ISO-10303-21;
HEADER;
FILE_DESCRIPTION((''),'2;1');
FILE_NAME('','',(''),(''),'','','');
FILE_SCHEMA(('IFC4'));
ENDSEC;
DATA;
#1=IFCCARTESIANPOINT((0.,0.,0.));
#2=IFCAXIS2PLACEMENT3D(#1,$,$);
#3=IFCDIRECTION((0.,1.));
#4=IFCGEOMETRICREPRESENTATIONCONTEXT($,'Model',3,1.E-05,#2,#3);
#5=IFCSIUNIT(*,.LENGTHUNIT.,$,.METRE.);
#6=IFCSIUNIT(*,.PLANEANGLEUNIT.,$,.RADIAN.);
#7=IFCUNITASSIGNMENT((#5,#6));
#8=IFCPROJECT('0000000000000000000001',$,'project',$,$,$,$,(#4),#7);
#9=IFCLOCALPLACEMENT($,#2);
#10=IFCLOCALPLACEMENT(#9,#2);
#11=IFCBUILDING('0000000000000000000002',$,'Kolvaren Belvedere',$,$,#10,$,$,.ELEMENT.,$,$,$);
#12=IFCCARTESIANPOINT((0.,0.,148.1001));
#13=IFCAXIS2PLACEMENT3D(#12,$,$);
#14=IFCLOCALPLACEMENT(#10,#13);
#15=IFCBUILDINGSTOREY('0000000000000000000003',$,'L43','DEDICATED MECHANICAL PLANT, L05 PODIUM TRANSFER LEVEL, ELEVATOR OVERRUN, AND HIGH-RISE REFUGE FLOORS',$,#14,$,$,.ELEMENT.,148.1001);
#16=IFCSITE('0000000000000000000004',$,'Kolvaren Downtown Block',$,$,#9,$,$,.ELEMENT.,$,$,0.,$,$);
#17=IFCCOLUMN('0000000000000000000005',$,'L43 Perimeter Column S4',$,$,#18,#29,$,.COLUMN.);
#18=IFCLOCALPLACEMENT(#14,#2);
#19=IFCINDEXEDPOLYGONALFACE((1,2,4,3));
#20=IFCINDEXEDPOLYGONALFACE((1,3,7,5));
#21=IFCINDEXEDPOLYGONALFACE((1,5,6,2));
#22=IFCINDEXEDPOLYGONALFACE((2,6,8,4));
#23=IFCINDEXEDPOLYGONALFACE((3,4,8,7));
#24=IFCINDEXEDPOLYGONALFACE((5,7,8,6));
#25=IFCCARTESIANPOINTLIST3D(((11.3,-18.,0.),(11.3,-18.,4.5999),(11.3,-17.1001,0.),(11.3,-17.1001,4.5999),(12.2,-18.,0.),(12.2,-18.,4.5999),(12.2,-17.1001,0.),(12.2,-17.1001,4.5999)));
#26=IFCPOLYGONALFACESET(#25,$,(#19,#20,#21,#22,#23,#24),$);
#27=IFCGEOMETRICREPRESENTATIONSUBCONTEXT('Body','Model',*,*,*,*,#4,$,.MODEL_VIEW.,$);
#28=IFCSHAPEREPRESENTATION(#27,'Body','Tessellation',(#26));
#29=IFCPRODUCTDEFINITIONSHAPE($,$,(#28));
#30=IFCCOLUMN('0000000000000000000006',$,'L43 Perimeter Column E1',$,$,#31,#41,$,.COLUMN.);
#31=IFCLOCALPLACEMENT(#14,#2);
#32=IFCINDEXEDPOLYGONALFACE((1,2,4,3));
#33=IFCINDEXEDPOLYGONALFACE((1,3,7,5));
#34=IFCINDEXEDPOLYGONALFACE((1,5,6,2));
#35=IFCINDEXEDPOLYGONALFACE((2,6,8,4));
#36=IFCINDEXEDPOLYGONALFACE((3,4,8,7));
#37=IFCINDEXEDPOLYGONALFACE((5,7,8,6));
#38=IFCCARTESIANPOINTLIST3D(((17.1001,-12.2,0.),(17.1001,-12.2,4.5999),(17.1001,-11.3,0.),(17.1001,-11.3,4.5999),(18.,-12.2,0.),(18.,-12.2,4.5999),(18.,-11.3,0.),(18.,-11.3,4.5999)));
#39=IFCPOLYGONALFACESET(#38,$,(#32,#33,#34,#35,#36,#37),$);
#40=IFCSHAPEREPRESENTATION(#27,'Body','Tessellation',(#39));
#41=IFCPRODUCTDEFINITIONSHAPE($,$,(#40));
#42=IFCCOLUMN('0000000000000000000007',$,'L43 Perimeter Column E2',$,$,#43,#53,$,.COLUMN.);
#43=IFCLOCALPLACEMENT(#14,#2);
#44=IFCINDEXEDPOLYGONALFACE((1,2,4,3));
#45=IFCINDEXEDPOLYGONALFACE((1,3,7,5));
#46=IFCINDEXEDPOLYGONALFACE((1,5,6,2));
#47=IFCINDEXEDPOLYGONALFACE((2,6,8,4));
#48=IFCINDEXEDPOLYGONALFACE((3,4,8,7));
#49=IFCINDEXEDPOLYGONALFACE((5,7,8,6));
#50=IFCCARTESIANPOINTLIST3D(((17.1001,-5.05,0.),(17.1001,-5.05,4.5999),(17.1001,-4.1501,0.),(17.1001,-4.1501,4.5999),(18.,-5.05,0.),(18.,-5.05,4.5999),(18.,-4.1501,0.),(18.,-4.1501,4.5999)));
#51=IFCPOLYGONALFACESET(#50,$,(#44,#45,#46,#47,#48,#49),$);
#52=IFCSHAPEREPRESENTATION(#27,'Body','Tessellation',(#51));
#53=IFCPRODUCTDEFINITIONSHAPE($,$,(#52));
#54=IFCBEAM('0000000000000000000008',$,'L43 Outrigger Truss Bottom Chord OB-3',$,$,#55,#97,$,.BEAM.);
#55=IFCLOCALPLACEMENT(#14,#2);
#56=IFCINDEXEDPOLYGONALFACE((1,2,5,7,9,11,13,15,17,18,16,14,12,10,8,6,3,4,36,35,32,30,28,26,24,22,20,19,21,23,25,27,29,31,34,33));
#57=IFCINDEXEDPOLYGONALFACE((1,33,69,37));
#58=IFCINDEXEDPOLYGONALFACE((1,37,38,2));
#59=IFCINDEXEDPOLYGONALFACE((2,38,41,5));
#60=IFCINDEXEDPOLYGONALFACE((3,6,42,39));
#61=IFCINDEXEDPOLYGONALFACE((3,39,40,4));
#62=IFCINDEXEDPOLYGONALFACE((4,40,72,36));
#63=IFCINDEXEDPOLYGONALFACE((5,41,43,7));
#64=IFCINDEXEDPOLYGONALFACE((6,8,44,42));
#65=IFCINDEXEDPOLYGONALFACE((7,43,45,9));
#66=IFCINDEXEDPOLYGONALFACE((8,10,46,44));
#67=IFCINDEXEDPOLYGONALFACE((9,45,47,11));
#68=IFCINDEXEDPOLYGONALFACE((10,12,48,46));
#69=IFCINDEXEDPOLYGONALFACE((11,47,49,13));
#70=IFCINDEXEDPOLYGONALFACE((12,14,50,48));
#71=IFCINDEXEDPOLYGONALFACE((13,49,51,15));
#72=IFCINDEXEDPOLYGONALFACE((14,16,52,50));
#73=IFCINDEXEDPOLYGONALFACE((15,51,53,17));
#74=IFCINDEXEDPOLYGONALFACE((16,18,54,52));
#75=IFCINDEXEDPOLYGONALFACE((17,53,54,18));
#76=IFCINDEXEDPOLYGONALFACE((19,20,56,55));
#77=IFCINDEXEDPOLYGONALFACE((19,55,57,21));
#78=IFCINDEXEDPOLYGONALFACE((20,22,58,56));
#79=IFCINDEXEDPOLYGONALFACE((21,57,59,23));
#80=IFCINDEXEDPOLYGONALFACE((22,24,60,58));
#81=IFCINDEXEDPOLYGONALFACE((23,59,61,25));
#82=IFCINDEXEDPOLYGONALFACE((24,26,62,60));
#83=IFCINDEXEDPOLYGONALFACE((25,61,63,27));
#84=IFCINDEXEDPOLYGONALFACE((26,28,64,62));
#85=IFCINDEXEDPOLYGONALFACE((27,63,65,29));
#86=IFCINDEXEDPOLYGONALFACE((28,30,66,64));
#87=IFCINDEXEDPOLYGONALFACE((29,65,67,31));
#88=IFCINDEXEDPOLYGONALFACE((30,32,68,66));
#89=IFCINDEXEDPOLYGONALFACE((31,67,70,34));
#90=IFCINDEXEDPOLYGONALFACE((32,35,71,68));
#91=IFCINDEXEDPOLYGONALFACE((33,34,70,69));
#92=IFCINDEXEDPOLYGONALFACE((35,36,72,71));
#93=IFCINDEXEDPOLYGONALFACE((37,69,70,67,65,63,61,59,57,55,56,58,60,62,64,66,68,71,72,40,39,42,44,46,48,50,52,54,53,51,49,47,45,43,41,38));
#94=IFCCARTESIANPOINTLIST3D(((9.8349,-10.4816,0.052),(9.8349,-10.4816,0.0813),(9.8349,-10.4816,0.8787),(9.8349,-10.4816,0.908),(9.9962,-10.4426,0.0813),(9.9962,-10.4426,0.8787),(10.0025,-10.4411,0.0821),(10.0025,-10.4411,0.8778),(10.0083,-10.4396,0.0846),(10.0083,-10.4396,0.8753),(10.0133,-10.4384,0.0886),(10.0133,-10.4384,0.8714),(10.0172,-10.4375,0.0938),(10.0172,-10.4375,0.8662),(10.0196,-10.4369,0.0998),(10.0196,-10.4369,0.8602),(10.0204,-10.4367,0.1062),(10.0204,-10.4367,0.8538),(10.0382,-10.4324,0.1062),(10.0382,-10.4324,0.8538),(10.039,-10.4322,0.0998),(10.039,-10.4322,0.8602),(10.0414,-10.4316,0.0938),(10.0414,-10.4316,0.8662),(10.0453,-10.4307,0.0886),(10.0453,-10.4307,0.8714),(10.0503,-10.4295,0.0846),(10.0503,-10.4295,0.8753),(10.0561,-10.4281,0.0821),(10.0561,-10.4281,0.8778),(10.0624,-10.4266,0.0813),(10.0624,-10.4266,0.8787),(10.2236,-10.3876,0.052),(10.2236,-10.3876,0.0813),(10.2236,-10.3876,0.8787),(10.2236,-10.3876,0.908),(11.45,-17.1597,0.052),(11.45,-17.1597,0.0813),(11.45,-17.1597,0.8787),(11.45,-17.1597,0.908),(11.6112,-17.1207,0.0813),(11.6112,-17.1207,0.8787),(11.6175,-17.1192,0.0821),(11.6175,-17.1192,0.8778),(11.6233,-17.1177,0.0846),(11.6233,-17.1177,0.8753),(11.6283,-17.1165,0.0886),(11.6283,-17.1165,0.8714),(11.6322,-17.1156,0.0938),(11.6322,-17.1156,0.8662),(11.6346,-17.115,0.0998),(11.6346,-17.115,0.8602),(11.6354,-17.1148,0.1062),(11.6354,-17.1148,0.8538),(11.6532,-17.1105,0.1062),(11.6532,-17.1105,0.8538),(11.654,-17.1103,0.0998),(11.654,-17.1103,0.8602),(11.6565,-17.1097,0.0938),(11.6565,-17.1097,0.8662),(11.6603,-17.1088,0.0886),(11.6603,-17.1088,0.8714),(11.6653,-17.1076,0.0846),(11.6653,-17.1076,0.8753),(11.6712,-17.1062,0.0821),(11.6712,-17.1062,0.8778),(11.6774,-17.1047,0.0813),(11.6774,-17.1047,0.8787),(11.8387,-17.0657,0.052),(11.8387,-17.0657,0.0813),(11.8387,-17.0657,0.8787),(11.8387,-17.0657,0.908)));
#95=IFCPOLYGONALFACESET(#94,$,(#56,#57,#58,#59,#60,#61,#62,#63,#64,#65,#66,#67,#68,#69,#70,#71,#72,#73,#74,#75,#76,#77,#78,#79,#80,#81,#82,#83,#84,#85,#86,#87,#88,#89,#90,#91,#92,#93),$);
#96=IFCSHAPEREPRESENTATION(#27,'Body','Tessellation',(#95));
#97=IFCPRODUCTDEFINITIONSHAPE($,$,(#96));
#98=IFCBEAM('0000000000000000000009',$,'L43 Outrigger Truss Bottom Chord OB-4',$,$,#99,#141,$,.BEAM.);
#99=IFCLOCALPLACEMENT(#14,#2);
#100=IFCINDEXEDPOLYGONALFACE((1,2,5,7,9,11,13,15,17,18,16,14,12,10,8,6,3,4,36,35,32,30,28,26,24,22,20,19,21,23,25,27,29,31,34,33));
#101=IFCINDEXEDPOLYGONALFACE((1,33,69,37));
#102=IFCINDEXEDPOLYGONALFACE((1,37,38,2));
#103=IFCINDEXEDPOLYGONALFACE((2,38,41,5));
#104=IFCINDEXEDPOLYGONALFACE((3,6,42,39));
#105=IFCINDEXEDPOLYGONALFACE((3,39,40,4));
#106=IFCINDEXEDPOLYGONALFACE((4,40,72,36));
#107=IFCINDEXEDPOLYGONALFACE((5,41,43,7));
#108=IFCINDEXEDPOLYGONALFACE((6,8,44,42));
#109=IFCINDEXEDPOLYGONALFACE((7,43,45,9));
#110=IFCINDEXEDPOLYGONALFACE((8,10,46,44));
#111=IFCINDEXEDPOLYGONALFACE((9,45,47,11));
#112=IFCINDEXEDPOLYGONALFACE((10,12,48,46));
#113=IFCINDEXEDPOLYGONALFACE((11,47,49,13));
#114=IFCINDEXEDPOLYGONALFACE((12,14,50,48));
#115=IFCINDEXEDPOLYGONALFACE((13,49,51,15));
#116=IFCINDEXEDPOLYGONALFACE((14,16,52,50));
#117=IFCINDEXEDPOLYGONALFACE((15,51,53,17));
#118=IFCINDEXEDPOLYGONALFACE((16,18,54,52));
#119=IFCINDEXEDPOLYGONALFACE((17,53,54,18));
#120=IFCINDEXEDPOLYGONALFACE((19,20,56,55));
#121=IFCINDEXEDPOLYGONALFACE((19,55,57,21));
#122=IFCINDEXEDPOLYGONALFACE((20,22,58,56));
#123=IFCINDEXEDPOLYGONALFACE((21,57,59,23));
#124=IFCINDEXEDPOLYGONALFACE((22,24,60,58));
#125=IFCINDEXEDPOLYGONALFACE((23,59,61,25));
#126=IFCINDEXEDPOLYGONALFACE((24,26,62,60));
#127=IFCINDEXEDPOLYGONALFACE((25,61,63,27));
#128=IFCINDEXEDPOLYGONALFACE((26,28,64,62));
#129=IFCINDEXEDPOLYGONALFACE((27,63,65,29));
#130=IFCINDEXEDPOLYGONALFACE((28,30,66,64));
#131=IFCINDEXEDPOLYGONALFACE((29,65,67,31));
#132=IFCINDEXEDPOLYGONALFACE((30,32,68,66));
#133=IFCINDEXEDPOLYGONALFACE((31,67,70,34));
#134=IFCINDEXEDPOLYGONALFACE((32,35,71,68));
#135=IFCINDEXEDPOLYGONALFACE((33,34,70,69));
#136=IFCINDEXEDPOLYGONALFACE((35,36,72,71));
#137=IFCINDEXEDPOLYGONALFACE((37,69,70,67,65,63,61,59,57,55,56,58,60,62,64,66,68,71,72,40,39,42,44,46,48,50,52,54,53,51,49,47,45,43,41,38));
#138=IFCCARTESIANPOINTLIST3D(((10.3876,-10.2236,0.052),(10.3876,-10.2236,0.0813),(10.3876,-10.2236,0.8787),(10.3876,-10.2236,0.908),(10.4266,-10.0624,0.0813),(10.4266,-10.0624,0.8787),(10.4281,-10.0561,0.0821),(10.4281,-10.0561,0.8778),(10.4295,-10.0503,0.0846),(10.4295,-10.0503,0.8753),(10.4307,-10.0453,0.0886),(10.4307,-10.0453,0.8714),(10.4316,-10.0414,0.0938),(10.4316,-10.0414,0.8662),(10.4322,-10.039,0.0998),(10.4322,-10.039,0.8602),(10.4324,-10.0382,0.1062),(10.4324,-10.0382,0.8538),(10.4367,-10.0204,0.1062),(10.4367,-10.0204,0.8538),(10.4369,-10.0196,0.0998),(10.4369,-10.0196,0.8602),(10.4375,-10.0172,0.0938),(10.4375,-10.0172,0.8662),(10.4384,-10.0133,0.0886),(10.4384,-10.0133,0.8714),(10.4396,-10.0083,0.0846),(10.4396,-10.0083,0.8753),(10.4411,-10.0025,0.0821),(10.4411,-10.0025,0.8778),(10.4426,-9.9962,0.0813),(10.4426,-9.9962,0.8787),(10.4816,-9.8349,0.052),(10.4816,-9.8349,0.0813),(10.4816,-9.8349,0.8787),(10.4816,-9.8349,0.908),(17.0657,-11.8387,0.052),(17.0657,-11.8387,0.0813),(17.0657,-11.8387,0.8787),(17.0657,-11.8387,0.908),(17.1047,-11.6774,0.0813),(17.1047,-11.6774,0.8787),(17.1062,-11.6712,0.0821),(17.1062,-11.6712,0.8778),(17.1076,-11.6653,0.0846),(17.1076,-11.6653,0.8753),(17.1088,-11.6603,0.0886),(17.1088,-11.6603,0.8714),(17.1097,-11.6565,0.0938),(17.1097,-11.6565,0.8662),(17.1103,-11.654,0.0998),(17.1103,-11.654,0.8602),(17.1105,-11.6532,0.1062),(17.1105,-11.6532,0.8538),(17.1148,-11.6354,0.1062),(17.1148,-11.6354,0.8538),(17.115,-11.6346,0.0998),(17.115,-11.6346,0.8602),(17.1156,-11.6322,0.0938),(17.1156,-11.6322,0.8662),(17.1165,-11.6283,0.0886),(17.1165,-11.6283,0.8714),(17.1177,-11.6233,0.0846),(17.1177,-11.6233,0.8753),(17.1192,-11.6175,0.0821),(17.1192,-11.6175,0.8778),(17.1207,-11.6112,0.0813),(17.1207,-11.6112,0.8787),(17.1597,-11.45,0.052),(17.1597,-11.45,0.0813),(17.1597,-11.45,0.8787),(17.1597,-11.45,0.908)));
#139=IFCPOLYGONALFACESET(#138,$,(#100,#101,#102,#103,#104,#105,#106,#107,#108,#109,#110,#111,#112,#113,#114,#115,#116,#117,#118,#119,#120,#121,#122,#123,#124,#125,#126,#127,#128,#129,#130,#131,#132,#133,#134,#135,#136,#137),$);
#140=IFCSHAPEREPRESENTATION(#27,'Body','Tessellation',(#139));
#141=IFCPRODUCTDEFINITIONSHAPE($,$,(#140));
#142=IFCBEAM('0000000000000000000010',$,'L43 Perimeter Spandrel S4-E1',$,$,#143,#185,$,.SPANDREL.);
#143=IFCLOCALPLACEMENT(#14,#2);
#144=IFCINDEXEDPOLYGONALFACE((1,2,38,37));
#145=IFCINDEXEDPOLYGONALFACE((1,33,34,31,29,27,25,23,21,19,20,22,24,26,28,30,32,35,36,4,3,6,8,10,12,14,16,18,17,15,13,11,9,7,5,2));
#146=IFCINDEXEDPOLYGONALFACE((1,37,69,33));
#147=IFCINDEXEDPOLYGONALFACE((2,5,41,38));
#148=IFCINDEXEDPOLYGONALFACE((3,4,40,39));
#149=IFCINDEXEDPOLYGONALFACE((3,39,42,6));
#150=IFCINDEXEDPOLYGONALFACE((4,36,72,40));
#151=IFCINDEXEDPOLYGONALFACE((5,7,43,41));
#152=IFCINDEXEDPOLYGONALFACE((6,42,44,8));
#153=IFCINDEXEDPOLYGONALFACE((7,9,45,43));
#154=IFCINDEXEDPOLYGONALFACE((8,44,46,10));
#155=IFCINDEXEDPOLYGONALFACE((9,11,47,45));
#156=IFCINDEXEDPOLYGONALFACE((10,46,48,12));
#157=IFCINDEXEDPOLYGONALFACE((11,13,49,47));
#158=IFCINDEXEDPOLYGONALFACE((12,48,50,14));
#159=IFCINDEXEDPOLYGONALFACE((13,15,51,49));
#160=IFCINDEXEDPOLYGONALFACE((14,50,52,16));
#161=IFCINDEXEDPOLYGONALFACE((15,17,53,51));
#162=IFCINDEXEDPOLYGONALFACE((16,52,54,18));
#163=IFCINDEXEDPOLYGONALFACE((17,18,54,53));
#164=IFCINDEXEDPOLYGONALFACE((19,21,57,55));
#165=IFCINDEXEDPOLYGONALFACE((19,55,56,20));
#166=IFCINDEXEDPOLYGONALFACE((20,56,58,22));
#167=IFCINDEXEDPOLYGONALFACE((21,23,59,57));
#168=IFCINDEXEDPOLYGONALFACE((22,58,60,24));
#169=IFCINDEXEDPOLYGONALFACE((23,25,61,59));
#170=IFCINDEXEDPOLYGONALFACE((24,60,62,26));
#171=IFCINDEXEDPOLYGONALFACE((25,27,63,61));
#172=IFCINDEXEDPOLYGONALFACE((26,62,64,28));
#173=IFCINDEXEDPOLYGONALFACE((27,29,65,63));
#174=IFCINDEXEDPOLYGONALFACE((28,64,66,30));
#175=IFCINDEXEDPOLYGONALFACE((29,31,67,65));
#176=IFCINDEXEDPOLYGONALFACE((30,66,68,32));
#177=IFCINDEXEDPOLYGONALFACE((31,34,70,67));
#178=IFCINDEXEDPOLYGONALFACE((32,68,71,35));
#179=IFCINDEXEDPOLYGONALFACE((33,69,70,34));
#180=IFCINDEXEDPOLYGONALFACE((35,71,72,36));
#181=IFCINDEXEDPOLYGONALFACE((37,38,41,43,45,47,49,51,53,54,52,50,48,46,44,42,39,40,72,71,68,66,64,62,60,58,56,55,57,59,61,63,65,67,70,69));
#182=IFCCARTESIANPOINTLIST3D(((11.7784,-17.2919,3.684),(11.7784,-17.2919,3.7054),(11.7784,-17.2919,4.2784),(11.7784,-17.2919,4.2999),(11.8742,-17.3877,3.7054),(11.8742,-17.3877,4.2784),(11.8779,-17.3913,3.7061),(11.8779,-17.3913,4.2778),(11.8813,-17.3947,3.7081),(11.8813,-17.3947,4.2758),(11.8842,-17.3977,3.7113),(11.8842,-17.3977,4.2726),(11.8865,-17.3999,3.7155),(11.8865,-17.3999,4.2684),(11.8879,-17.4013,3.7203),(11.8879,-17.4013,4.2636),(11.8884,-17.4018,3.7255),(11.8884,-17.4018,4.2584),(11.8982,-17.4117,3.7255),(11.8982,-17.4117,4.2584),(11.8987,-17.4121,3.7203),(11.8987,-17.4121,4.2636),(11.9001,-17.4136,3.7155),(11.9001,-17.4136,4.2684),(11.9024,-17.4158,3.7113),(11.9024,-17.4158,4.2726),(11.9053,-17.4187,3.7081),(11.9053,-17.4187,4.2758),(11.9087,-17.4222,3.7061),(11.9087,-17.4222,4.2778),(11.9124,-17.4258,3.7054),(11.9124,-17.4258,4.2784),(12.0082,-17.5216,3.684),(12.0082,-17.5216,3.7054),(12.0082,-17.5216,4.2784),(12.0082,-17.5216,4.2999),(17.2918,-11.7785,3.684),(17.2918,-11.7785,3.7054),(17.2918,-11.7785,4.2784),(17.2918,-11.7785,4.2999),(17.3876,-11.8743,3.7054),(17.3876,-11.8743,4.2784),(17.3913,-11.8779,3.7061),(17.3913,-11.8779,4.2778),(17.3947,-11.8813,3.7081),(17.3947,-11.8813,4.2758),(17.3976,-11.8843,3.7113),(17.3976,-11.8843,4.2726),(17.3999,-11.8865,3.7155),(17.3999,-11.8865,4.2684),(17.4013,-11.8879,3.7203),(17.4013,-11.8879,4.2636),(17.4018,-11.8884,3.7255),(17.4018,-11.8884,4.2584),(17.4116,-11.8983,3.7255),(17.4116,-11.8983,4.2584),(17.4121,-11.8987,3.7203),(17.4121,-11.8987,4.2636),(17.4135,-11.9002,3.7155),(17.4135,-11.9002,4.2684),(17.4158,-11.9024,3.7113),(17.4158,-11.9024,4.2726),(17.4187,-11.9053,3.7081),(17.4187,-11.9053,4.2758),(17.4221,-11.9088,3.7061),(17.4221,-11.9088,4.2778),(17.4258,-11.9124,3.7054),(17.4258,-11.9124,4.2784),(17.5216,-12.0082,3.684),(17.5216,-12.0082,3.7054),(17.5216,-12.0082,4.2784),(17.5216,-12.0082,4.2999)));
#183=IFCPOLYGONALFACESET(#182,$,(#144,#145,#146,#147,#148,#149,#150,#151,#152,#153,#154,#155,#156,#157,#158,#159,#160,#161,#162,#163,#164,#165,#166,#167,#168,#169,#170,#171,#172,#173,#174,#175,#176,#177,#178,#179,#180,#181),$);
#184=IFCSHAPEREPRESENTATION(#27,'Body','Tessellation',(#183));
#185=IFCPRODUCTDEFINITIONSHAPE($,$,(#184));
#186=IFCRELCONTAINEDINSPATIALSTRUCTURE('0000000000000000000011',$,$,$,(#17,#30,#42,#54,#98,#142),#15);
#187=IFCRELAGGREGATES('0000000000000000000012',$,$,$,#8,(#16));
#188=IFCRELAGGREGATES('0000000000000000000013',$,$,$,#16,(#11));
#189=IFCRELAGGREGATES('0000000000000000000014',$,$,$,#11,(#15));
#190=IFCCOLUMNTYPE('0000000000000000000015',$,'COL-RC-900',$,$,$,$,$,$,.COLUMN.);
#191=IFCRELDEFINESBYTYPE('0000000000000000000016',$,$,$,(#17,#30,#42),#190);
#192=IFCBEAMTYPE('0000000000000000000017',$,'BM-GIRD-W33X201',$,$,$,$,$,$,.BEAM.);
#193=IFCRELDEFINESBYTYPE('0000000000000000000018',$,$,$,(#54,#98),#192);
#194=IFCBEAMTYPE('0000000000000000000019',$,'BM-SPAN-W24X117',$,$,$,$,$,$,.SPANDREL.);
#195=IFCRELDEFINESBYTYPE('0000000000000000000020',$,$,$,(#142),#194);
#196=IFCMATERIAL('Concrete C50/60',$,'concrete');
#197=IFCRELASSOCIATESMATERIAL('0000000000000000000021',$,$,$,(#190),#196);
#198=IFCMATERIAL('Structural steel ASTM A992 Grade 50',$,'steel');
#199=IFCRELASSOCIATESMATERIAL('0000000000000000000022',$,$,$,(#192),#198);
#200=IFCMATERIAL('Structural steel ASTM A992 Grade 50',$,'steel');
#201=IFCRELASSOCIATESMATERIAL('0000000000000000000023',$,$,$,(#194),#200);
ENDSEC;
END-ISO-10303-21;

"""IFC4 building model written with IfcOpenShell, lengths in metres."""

from ifc_helpers import new_model, si_unit, direction, frame, origin, origin_2d, place, context, subcontext, project, spatial, rectangle, i_section, extrude, material, material_profile, profile_set, type_object, element, save


model = new_model("IFC4")

# Units and contexts
model_context = context("Model", 3, precision=1e-05, world=origin(), true_north=direction((0.0, 1.0)))
body_context = subcontext(model_context, "Body", "Model", "MODEL_VIEW")
ifc_project = project(units=[si_unit("LENGTHUNIT", "METRE"), si_unit("PLANEANGLEUNIT", "RADIAN")], contexts=[model_context])

# Site, building, storey
site_placement = place(None, origin())
site = spatial("IfcSite", under=ifc_project, at=site_placement, Name="Kolvaren Downtown Block", CompositionType="ELEMENT", RefElevation=0.0)
building_placement = place(site_placement, origin())
building = spatial("IfcBuilding", under=site, at=building_placement, Name="Kolvaren Belvedere", CompositionType="ELEMENT")
storey_placement = place(building_placement, frame((0.0, 0.0, 148.1001)))
storey = spatial("IfcBuildingStorey", under=building, at=storey_placement, Name="L43", Description="DEDICATED MECHANICAL PLANT, L05 PODIUM TRANSFER LEVEL, ELEVATOR OVERRUN, AND HIGH-RISE REFUGE FLOORS", CompositionType="ELEMENT", Elevation=148.1001)

# Columns
ifc_material_1 = material(Name="Concrete C50/60", Category="concrete")
ifc_material_profile_1 = material_profile(ifc_material_1, rectangle(XDim=0.8999, YDim=0.8999, at=origin_2d()), Name="RC 900X900")
ifc_profile_set_1 = profile_set([ifc_material_profile_1], Name="Concrete C50/60")
column_type = type_object("IfcColumnType", Name="COL-RC-900", PredefinedType="COLUMN", material=ifc_profile_set_1)
for number, where, z_axis, x_axis, name in (
    (1, (11.75, -17.55, 0.0), (0.0, 0.0, 1.0), (1.0, 0.0, 0.0), "L43 Perimeter Column S4"),
    (2, (17.55, -11.75, 0.0), (0.0, 0.0, 1.0), (1.0, 0.0, 0.0), "L43 Perimeter Column E1"),
    (3, (17.55, -4.6001, 0.0), (0.0, 0.0, 1.0), (1.0, 0.0, 0.0), "L43 Perimeter Column E2"),
):
    element("IfcColumn", number, at=place(storey_placement, frame(where, z_axis=z_axis, x_axis=x_axis)), inside=storey, type_object=column_type, Name=name, PredefinedType="COLUMN", context=body_context, shape_type="SweptSolid", body=[
        extrude(rectangle(XDim=0.8999, YDim=0.8999, at=origin_2d()), origin(), (0.0, 0.0, 1.0), 4.5999),
    ])

# Beams
ifc_material_2 = material(Name="Structural steel ASTM A992 Grade 50", Category="steel")
ifc_material_profile_2 = material_profile(ifc_material_2, i_section(OverallWidth=0.3999, OverallDepth=0.856, WebThickness=0.0183, FlangeThickness=0.0293, FilletRadius=0.0249, at=origin_2d()), Name="W33X201")
ifc_profile_set_2 = profile_set([ifc_material_profile_2], Name="Structural steel ASTM A992 Grade 50")
beam_type_1 = type_object("IfcBeamType", Name="BM-GIRD-W33X201", PredefinedType="BEAM", material=ifc_profile_set_2)
for number, where, z_axis, x_axis, name in (
    (4, (10.0293, -10.4346, 0.48), (0.235062, -0.97198, 0.0), (0.97198, 0.235062, 0.0), "L43 Outrigger Truss Bottom Chord OB-3"),
    (5, (10.4346, -10.0293, 0.48), (0.97198, -0.235062, 0.0), (0.235062, 0.97198, 0.0), "L43 Outrigger Truss Bottom Chord OB-4"),
):
    element("IfcBeam", number, at=place(storey_placement, frame(where, z_axis=z_axis, x_axis=x_axis)), inside=storey, type_object=beam_type_1, Name=name, PredefinedType="BEAM", context=body_context, shape_type="SweptSolid", body=[
        extrude(i_section(OverallWidth=0.3999, OverallDepth=0.856, WebThickness=0.0183, FlangeThickness=0.0293, FilletRadius=0.0249, at=origin_2d()), origin(), (0.0, 0.0, 1.0), 6.8706),
    ])
ifc_material_3 = material(Name="Structural steel ASTM A992 Grade 50", Category="steel")
ifc_material_profile_3 = material_profile(ifc_material_3, i_section(OverallWidth=0.325, OverallDepth=0.616, WebThickness=0.0139, FlangeThickness=0.0215, FilletRadius=0.02, at=origin_2d()), Name="W24X117")
ifc_profile_set_3 = profile_set([ifc_material_profile_3], Name="Structural steel ASTM A992 Grade 50")
beam_type_2 = type_object("IfcBeamType", Name="BM-SPAN-W24X117", PredefinedType="SPANDREL", material=ifc_profile_set_3)
beam_1_placement = place(storey_placement, frame((11.8933, -17.4067, 3.9919), z_axis=(0.707107, 0.707107, 0.0), x_axis=(-0.707107, 0.707107, 0.0)))
element("IfcBeam", 6, at=beam_1_placement, inside=storey, type_object=beam_type_2, Name="L43 Perimeter Spandrel S4-E1", PredefinedType="SPANDREL", context=body_context, shape_type="SweptSolid", body=[
    extrude(i_section(OverallWidth=0.325, OverallDepth=0.616, WebThickness=0.0139, FlangeThickness=0.0215, FilletRadius=0.02, at=origin_2d()), origin(), (0.0, 0.0, 1.0), 7.7971),
])

save(model, "model.ifc")
